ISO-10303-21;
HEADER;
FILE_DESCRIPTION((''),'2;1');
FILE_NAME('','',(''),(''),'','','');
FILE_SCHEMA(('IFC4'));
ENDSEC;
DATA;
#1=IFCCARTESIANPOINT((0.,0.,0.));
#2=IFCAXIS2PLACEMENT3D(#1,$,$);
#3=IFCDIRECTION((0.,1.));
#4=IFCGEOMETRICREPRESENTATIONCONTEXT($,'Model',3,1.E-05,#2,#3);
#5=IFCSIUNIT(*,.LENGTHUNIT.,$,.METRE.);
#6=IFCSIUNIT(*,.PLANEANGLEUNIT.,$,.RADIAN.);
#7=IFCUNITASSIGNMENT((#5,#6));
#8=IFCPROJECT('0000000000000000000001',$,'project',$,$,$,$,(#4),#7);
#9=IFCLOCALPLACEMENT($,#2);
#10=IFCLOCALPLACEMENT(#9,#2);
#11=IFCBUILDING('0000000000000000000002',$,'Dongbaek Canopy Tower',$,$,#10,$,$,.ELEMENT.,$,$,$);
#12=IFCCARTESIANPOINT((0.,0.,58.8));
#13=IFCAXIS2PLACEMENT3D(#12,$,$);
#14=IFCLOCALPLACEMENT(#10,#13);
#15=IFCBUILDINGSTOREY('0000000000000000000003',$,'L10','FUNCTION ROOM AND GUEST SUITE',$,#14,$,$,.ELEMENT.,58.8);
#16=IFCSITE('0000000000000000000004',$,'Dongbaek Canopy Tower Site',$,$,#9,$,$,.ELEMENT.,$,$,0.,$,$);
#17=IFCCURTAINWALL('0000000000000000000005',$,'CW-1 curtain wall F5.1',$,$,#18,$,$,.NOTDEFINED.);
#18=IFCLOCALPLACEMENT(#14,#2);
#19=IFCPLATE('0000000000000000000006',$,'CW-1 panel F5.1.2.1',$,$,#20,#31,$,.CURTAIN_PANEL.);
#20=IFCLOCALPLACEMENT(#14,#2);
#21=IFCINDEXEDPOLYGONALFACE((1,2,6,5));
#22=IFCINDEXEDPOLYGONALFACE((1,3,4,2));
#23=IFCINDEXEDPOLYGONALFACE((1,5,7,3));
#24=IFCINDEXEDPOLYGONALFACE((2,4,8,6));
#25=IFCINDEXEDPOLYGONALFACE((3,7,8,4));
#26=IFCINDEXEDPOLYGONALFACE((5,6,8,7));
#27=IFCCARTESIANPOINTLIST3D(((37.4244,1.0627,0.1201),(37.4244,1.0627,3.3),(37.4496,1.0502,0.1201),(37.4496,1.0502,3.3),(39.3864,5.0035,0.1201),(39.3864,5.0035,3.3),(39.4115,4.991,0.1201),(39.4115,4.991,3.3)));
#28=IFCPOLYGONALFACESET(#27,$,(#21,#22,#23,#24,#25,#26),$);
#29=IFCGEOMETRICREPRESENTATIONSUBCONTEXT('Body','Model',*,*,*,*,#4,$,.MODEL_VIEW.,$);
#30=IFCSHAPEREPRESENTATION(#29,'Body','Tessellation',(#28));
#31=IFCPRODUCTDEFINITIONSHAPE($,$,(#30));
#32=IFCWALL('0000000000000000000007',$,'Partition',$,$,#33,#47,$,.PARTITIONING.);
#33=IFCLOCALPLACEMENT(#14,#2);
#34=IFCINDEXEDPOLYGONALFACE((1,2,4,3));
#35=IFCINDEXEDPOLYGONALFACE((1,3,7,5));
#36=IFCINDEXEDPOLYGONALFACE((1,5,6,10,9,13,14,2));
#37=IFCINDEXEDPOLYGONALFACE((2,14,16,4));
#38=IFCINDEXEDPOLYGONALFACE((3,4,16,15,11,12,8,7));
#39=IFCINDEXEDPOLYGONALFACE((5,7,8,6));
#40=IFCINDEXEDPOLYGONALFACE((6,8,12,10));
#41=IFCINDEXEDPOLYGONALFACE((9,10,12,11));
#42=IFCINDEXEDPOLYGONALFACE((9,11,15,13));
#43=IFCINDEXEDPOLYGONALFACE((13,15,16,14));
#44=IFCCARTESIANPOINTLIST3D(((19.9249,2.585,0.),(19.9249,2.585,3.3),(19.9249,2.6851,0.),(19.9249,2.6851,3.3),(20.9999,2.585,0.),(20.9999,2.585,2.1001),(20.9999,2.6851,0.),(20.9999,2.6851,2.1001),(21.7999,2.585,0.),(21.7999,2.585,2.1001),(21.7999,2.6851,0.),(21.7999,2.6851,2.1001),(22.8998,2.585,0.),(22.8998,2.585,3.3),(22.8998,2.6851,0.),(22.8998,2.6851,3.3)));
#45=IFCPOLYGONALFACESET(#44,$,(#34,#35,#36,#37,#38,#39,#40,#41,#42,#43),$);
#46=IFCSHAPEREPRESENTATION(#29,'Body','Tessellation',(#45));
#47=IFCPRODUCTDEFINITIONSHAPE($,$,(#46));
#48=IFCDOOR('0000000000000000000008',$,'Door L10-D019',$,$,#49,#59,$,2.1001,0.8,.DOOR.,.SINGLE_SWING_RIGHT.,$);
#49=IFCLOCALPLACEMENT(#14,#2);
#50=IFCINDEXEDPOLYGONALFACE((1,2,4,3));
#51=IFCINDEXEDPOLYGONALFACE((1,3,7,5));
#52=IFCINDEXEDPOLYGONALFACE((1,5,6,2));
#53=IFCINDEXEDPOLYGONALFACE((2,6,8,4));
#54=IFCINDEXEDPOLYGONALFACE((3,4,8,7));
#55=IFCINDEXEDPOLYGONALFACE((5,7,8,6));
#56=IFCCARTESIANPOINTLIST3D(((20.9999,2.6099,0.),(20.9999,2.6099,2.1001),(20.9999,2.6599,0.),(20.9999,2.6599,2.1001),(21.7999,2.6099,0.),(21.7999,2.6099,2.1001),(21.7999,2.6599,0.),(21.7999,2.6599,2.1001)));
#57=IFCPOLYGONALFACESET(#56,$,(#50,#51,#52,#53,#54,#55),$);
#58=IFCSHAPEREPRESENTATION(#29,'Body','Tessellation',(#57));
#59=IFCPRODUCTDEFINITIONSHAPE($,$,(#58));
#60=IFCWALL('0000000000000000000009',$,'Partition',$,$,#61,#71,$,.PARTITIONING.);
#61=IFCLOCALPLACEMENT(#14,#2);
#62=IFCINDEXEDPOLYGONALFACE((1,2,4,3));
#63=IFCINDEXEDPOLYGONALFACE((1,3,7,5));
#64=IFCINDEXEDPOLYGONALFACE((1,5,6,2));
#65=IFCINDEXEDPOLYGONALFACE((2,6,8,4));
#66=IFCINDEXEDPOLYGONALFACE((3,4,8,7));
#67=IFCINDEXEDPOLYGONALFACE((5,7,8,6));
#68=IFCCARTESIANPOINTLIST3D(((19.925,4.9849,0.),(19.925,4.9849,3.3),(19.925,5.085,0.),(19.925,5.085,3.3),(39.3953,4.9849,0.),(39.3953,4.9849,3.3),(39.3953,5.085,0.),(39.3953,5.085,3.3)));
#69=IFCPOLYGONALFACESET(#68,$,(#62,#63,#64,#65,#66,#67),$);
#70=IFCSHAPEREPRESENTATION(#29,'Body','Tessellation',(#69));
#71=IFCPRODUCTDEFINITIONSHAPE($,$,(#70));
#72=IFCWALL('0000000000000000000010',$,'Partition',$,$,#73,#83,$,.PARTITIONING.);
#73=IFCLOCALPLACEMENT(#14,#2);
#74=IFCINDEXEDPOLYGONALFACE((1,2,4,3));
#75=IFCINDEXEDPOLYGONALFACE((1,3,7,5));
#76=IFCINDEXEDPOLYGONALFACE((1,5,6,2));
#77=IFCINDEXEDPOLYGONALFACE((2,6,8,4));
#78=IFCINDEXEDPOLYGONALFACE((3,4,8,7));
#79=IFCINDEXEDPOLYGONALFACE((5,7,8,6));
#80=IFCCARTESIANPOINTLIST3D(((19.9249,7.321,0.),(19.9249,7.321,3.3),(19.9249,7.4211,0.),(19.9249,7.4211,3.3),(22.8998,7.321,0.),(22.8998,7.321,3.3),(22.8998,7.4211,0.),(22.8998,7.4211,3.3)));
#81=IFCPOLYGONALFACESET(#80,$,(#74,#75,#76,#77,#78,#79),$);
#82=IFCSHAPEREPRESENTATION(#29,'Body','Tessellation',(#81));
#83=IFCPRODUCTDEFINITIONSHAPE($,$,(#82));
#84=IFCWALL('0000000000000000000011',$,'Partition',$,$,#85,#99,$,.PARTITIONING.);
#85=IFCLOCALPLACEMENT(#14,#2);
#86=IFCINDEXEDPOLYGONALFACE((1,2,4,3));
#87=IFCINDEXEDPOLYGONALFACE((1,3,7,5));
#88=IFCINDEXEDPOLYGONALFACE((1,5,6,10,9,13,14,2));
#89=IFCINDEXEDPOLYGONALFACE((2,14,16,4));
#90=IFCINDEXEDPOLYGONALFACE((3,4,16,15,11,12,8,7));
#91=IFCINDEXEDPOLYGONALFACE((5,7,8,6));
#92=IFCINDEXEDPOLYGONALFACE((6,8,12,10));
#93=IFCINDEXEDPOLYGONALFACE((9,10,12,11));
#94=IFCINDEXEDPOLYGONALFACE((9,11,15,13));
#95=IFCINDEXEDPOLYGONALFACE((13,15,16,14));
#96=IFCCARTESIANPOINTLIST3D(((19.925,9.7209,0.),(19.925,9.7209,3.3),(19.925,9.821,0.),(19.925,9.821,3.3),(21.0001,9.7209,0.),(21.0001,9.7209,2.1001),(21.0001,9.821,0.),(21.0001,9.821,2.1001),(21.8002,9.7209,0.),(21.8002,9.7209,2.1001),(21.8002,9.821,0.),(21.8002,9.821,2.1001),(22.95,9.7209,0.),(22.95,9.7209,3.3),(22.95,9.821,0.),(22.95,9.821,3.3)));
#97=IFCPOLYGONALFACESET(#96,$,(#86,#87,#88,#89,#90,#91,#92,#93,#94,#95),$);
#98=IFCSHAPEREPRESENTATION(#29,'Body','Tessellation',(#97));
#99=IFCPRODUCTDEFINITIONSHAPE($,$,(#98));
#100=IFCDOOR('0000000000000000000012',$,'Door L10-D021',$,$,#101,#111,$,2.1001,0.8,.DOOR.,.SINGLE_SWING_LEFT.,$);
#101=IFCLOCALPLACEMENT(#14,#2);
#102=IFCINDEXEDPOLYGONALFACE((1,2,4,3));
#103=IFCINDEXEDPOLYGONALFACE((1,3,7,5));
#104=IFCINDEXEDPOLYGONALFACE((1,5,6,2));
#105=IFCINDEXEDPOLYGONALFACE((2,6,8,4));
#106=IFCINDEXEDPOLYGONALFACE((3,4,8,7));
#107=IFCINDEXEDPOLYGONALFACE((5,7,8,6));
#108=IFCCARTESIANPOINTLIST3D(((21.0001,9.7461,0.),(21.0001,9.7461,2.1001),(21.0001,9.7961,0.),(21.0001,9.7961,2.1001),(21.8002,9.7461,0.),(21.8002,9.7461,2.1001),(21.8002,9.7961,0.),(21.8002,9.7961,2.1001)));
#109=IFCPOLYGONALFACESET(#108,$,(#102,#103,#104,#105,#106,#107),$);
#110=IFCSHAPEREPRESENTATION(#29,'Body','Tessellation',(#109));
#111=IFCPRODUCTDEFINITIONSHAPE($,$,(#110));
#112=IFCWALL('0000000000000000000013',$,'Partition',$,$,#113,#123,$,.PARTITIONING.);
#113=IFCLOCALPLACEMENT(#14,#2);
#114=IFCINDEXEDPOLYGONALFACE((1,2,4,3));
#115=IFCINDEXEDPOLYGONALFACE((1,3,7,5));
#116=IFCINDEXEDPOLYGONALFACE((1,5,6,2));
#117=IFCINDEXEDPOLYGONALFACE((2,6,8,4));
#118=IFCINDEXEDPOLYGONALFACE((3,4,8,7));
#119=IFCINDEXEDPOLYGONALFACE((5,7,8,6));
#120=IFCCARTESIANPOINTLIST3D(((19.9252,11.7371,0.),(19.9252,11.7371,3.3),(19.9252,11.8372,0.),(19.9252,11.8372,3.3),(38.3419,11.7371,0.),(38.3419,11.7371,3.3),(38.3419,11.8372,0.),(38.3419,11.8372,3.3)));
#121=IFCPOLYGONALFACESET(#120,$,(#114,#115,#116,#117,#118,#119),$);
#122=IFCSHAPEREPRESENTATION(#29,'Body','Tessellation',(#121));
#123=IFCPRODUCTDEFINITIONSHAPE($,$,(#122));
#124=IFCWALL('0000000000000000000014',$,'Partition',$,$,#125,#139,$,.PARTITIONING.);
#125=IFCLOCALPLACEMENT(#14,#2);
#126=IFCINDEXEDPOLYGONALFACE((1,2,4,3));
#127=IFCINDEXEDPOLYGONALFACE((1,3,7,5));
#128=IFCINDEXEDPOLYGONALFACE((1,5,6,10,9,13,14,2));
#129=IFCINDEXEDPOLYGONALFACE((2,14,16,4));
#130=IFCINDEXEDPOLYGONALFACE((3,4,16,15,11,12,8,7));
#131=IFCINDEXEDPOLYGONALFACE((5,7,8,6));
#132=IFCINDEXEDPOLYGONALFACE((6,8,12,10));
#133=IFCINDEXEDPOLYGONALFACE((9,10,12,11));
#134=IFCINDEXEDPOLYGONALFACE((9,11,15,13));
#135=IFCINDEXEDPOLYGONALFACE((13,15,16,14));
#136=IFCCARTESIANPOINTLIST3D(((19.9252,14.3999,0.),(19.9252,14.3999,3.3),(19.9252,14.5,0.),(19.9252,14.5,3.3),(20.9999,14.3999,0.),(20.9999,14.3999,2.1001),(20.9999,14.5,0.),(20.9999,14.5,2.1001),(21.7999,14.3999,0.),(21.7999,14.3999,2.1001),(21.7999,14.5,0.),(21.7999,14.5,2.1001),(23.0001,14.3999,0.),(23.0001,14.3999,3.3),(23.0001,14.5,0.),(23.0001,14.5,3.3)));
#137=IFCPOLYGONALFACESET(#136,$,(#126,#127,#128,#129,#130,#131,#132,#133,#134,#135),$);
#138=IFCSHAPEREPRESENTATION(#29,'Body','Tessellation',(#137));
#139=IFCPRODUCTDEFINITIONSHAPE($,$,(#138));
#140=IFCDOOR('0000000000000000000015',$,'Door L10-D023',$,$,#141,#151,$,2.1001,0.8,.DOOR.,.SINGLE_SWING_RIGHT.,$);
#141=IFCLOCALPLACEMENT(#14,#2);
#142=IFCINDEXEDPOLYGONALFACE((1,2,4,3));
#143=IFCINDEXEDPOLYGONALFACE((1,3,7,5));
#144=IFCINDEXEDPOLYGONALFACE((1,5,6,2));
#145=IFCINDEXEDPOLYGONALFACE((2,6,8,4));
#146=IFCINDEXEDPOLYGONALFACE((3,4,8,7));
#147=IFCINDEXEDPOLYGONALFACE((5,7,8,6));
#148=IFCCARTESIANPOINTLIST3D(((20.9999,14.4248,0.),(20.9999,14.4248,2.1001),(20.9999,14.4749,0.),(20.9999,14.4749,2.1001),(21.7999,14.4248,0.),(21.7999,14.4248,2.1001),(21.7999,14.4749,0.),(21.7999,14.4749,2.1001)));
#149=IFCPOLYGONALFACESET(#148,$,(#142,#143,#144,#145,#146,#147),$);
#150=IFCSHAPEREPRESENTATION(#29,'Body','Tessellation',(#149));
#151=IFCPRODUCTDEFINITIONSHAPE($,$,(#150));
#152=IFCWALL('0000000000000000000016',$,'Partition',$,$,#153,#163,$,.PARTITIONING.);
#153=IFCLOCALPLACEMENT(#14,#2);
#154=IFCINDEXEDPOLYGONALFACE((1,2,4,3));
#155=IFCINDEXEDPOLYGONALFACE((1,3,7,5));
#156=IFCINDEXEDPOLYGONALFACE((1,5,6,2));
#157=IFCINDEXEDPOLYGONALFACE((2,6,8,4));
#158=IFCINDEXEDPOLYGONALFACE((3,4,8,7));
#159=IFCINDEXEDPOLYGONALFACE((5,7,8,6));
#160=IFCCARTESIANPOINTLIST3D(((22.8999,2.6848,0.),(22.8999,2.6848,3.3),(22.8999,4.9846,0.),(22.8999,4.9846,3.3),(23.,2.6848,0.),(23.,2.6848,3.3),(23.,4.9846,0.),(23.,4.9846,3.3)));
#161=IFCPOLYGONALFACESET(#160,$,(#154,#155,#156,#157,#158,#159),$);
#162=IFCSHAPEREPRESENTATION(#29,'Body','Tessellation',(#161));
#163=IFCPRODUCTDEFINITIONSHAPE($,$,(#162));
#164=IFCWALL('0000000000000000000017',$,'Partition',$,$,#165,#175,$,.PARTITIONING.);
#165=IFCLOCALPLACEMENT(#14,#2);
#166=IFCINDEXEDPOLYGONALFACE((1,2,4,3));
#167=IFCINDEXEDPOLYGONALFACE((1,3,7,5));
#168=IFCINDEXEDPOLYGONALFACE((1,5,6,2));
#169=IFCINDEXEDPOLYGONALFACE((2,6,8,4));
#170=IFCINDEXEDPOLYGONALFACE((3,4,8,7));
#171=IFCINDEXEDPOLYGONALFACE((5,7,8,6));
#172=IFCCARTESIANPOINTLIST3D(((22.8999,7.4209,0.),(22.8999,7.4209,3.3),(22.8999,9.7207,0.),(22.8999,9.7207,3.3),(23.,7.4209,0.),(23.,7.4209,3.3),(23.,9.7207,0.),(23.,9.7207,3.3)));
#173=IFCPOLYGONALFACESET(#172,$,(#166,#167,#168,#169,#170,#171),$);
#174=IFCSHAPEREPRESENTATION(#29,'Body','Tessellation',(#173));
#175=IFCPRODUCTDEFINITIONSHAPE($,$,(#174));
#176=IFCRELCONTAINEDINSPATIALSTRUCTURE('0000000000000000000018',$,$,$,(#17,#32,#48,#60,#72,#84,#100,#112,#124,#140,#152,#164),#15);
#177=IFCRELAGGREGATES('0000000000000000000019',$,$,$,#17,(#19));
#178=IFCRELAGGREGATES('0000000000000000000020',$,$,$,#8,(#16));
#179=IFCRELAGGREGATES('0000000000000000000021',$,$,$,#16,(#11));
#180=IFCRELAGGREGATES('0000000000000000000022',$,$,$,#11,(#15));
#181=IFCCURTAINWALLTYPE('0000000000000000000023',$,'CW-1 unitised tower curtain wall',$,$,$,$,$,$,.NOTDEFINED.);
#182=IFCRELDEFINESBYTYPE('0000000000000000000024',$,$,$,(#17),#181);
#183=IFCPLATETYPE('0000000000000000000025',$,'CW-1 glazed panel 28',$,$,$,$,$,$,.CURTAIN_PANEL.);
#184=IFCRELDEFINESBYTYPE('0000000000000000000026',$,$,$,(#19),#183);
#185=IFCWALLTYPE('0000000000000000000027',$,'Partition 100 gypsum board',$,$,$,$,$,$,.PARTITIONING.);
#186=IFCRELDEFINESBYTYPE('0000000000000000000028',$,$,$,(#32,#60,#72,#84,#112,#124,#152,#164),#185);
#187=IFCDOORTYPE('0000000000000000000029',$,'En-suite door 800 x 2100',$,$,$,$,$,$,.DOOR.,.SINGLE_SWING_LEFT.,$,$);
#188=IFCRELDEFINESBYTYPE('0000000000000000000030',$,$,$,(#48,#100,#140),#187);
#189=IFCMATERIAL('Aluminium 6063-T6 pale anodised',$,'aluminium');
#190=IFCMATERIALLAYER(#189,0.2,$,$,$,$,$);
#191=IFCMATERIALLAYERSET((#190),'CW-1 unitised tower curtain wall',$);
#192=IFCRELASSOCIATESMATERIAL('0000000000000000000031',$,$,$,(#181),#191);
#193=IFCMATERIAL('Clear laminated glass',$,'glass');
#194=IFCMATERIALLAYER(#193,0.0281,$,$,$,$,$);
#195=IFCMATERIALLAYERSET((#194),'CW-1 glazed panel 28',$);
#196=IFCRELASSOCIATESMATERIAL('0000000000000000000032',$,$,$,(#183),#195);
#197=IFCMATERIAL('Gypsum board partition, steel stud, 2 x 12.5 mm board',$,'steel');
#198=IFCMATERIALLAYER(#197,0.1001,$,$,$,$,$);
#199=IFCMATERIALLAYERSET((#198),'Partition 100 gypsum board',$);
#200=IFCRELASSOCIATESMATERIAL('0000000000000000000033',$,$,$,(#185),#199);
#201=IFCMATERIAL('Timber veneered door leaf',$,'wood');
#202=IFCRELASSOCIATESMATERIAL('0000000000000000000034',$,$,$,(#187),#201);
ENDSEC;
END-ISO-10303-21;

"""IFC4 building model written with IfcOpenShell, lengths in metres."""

from ifc_helpers import new_model, si_unit, direction, frame, frame_2d, origin, origin_2d, place, context, subcontext, project, spatial, rectangle, extrude, material, layer, layer_set, type_object, element, fill, aggregate, save


model = new_model("IFC4")

# Units and contexts
model_context = context("Model", 3, precision=1e-05, world=origin(), true_north=direction((0.0, 1.0)))
body_context = subcontext(model_context, "Body", "Model", "MODEL_VIEW")
ifc_project = project(units=[si_unit("LENGTHUNIT", "METRE"), si_unit("PLANEANGLEUNIT", "RADIAN")], contexts=[model_context])

# Site, building, storey
site_placement = place(None, origin())
site = spatial("IfcSite", under=ifc_project, at=site_placement, Name="Dongbaek Canopy Tower Site", CompositionType="ELEMENT", RefElevation=0.0)
building_placement = place(site_placement, origin())
building = spatial("IfcBuilding", under=site, at=building_placement, Name="Dongbaek Canopy Tower", CompositionType="ELEMENT")
storey_placement = place(building_placement, frame((0.0, 0.0, 58.8)))
storey = spatial("IfcBuildingStorey", under=building, at=storey_placement, Name="L10", Description="FUNCTION ROOM AND GUEST SUITE", CompositionType="ELEMENT", Elevation=58.8)

# Shared definitions
ifc_material_1 = material(Name="Aluminium 6063-T6 pale anodised", Category="aluminium")
ifc_layer_1 = layer(ifc_material_1, 0.2)
ifc_layer_set_1 = layer_set([ifc_layer_1], Name="CW-1 unitised tower curtain wall")
curtain_wall_type = type_object("IfcCurtainWallType", Name="CW-1 unitised tower curtain wall", PredefinedType="NOTDEFINED", material=ifc_layer_set_1)

# Curtain wall
curtain_wall_1_placement = place(storey_placement, origin())
curtain_wall_1 = element("IfcCurtainWall", 1, at=curtain_wall_1_placement, inside=storey, type_object=curtain_wall_type, Name="CW-1 curtain wall F5.1", PredefinedType="NOTDEFINED")

# Plate
ifc_material_2 = material(Name="Clear laminated glass", Category="glass")
ifc_layer_2 = layer(ifc_material_2, 0.0281)
ifc_layer_set_2 = layer_set([ifc_layer_2], Name="CW-1 glazed panel 28")
plate_type = type_object("IfcPlateType", Name="CW-1 glazed panel 28", PredefinedType="CURTAIN_PANEL", material=ifc_layer_set_2)
plate_1_placement = place(storey_placement, frame((38.418, 3.0269, 0.1201), z_axis=(0.0, 0.0, 1.0), x_axis=(0.445678, 0.895193, 0.0)))
plate_1 = element("IfcPlate", 2, at=plate_1_placement, type_object=plate_type, Name="CW-1 panel F5.1.2.1", PredefinedType="CURTAIN_PANEL", context=body_context, shape_type="SweptSolid", body=[
    extrude(rectangle(XDim=4.4021, YDim=0.0281, at=origin_2d()), origin(), (0.0, 0.0, 1.0), 3.1799),
])

# Wall, opening, door
ifc_material_3 = material(Name="Gypsum board partition, steel stud, 2 x 12.5 mm board", Category="steel")
ifc_layer_3 = layer(ifc_material_3, 0.1001)
ifc_layer_set_3 = layer_set([ifc_layer_3], Name="Partition 100 gypsum board")
wall_type = type_object("IfcWallType", Name="Partition 100 gypsum board", PredefinedType="PARTITIONING", material=ifc_layer_set_3)
wall_1_placement = place(storey_placement, frame((19.925, 2.635, 0.0), z_axis=(0.0, 0.0, 1.0), x_axis=(1.0, 0.0, 0.0)))
wall_1 = element("IfcWall", 3, at=wall_1_placement, inside=storey, type_object=wall_type, Name="Partition", PredefinedType="PARTITIONING", context=body_context, shape_type="SweptSolid", body=[
    extrude(rectangle(XDim=2.9749, YDim=0.1001, at=frame_2d((1.4873, 0.0))), origin(), (0.0, 0.0, 1.0), 3.3),
])
opening_1_placement = place(wall_1_placement, frame((1.075, 0.0, 0.0)))
opening_1 = element("IfcOpeningElement", 4, at=opening_1_placement, cuts=wall_1, PredefinedType="OPENING", context=body_context, shape_type="SweptSolid", body=[
    extrude(rectangle(XDim=0.8, YDim=2.1001, at=frame_2d((0.3999, 1.05))), frame((0.0, 0.0601, 0.0), z_axis=(0.0, -1.0, 0.0), x_axis=(1.0, 0.0, 0.0)), (0.0, 0.0, 1.0), 0.1201),
])
ifc_material_4 = material(Name="Timber veneered door leaf", Category="wood")
door_type = type_object("IfcDoorType", Name="En-suite door 800 x 2100", OperationType="SINGLE_SWING_LEFT", PredefinedType="DOOR", material=ifc_material_4)
door_1_placement = place(opening_1_placement, origin())
door_1 = element("IfcDoor", 5, at=door_1_placement, inside=storey, type_object=door_type, Name="Door L10-D019", OperationType="SINGLE_SWING_RIGHT", OverallHeight=2.1001, OverallWidth=0.8, PredefinedType="DOOR", context=body_context, shape_type="SweptSolid", body=[
    extrude(rectangle(XDim=0.8, YDim=2.1001, at=frame_2d((0.3999, 1.05))), frame((0.0, 0.0249, 0.0), z_axis=(0.0, -1.0, 0.0), x_axis=(1.0, 0.0, 0.0)), (0.0, 0.0, 1.0), 0.05),
])
fill(opening_1, door_1)

# Walls
wall_2_placement = place(storey_placement, frame((19.925, 5.0349, 0.0), z_axis=(0.0, 0.0, 1.0), x_axis=(1.0, 0.0, 0.0)))
element("IfcWall", 6, at=wall_2_placement, inside=storey, type_object=wall_type, Name="Partition", PredefinedType="PARTITIONING", context=body_context, shape_type="SweptSolid", body=[
    extrude(rectangle(XDim=19.4702, YDim=0.1001, at=frame_2d((9.7351, 0.0))), origin(), (0.0, 0.0, 1.0), 3.3),
])
wall_3_placement = place(storey_placement, frame((19.925, 7.3711, 0.0), z_axis=(0.0, 0.0, 1.0), x_axis=(1.0, 0.0, 0.0)))
element("IfcWall", 7, at=wall_3_placement, inside=storey, type_object=wall_type, Name="Partition", PredefinedType="PARTITIONING", context=body_context, shape_type="SweptSolid", body=[
    extrude(rectangle(XDim=2.9749, YDim=0.1001, at=frame_2d((1.4873, 0.0))), origin(), (0.0, 0.0, 1.0), 3.3),
])

# Wall, opening, door
wall_4_placement = place(storey_placement, frame((22.95, 9.771, 0.0), z_axis=(0.0, 0.0, 1.0), x_axis=(-1.0, 0.0, 0.0)))
wall_4 = element("IfcWall", 8, at=wall_4_placement, inside=storey, type_object=wall_type, Name="Partition", PredefinedType="PARTITIONING", context=body_context, shape_type="SweptSolid", body=[
    extrude(rectangle(XDim=3.0249, YDim=0.1001, at=frame_2d((1.5125, 0.0))), origin(), (0.0, 0.0, 1.0), 3.3),
])
opening_2_placement = place(wall_4_placement, frame((1.1499, 0.0, 0.0)))
opening_2 = element("IfcOpeningElement", 9, at=opening_2_placement, cuts=wall_4, PredefinedType="OPENING", context=body_context, shape_type="SweptSolid", body=[
    extrude(rectangle(XDim=0.8, YDim=2.1001, at=frame_2d((0.3999, 1.05))), frame((0.0, 0.0601, 0.0), z_axis=(0.0, -1.0, 0.0), x_axis=(1.0, 0.0, 0.0)), (0.0, 0.0, 1.0), 0.1201),
])
door_2_placement = place(opening_2_placement, origin())
door_2 = element("IfcDoor", 10, at=door_2_placement, inside=storey, type_object=door_type, Name="Door L10-D021", OperationType="SINGLE_SWING_LEFT", OverallHeight=2.1001, OverallWidth=0.8, PredefinedType="DOOR", context=body_context, shape_type="SweptSolid", body=[
    extrude(rectangle(XDim=0.8, YDim=2.1001, at=frame_2d((0.3999, 1.05))), frame((0.0, 0.0249, 0.0), z_axis=(0.0, -1.0, 0.0), x_axis=(1.0, 0.0, 0.0)), (0.0, 0.0, 1.0), 0.05),
])
fill(opening_2, door_2)

# Wall
wall_5_placement = place(storey_placement, frame((19.925, 11.7871, 0.0), z_axis=(0.0, 0.0, 1.0), x_axis=(1.0, 0.0, 0.0)))
element("IfcWall", 11, at=wall_5_placement, inside=storey, type_object=wall_type, Name="Partition", PredefinedType="PARTITIONING", context=body_context, shape_type="SweptSolid", body=[
    extrude(rectangle(XDim=18.4167, YDim=0.1001, at=frame_2d((9.2085, 0.0))), origin(), (0.0, 0.0, 1.0), 3.3),
])

# Wall, opening, door
wall_6_placement = place(storey_placement, frame((19.925, 14.45, 0.0), z_axis=(0.0, 0.0, 1.0), x_axis=(1.0, 0.0, 0.0)))
wall_6 = element("IfcWall", 12, at=wall_6_placement, inside=storey, type_object=wall_type, Name="Partition", PredefinedType="PARTITIONING", context=body_context, shape_type="SweptSolid", body=[
    extrude(rectangle(XDim=3.075, YDim=0.1001, at=frame_2d((1.5376, 0.0))), origin(), (0.0, 0.0, 1.0), 3.3),
])
opening_3_placement = place(wall_6_placement, frame((1.075, 0.0, 0.0)))
opening_3 = element("IfcOpeningElement", 13, at=opening_3_placement, cuts=wall_6, PredefinedType="OPENING", context=body_context, shape_type="SweptSolid", body=[
    extrude(rectangle(XDim=0.8, YDim=2.1001, at=frame_2d((0.3999, 1.05))), frame((0.0, 0.0601, 0.0), z_axis=(0.0, -1.0, 0.0), x_axis=(1.0, 0.0, 0.0)), (0.0, 0.0, 1.0), 0.1201),
])
door_3_placement = place(opening_3_placement, origin())
door_3 = element("IfcDoor", 14, at=door_3_placement, inside=storey, type_object=door_type, Name="Door L10-D023", OperationType="SINGLE_SWING_RIGHT", OverallHeight=2.1001, OverallWidth=0.8, PredefinedType="DOOR", context=body_context, shape_type="SweptSolid", body=[
    extrude(rectangle(XDim=0.8, YDim=2.1001, at=frame_2d((0.3999, 1.05))), frame((0.0, 0.0249, 0.0), z_axis=(0.0, -1.0, 0.0), x_axis=(1.0, 0.0, 0.0)), (0.0, 0.0, 1.0), 0.05),
])
fill(opening_3, door_3)

# Walls
for number, where, z_axis, x_axis, name in (
    (15, (22.95, 2.6848, 0.0), (0.0, 0.0, 1.0), (0.0, 1.0, 0.0), "Partition"),
    (16, (22.95, 7.4209, 0.0), (0.0, 0.0, 1.0), (0.0, 1.0, 0.0), "Partition"),
):
    element("IfcWall", number, at=place(storey_placement, frame(where, z_axis=z_axis, x_axis=x_axis)), inside=storey, type_object=wall_type, Name=name, PredefinedType="PARTITIONING", context=body_context, shape_type="SweptSolid", body=[
        extrude(rectangle(XDim=2.2998, YDim=0.1001, at=frame_2d((1.1499, 0.0))), origin(), (0.0, 0.0, 1.0), 3.3),
    ])

aggregate(curtain_wall_1, [plate_1])

save(model, "model.ifc")
